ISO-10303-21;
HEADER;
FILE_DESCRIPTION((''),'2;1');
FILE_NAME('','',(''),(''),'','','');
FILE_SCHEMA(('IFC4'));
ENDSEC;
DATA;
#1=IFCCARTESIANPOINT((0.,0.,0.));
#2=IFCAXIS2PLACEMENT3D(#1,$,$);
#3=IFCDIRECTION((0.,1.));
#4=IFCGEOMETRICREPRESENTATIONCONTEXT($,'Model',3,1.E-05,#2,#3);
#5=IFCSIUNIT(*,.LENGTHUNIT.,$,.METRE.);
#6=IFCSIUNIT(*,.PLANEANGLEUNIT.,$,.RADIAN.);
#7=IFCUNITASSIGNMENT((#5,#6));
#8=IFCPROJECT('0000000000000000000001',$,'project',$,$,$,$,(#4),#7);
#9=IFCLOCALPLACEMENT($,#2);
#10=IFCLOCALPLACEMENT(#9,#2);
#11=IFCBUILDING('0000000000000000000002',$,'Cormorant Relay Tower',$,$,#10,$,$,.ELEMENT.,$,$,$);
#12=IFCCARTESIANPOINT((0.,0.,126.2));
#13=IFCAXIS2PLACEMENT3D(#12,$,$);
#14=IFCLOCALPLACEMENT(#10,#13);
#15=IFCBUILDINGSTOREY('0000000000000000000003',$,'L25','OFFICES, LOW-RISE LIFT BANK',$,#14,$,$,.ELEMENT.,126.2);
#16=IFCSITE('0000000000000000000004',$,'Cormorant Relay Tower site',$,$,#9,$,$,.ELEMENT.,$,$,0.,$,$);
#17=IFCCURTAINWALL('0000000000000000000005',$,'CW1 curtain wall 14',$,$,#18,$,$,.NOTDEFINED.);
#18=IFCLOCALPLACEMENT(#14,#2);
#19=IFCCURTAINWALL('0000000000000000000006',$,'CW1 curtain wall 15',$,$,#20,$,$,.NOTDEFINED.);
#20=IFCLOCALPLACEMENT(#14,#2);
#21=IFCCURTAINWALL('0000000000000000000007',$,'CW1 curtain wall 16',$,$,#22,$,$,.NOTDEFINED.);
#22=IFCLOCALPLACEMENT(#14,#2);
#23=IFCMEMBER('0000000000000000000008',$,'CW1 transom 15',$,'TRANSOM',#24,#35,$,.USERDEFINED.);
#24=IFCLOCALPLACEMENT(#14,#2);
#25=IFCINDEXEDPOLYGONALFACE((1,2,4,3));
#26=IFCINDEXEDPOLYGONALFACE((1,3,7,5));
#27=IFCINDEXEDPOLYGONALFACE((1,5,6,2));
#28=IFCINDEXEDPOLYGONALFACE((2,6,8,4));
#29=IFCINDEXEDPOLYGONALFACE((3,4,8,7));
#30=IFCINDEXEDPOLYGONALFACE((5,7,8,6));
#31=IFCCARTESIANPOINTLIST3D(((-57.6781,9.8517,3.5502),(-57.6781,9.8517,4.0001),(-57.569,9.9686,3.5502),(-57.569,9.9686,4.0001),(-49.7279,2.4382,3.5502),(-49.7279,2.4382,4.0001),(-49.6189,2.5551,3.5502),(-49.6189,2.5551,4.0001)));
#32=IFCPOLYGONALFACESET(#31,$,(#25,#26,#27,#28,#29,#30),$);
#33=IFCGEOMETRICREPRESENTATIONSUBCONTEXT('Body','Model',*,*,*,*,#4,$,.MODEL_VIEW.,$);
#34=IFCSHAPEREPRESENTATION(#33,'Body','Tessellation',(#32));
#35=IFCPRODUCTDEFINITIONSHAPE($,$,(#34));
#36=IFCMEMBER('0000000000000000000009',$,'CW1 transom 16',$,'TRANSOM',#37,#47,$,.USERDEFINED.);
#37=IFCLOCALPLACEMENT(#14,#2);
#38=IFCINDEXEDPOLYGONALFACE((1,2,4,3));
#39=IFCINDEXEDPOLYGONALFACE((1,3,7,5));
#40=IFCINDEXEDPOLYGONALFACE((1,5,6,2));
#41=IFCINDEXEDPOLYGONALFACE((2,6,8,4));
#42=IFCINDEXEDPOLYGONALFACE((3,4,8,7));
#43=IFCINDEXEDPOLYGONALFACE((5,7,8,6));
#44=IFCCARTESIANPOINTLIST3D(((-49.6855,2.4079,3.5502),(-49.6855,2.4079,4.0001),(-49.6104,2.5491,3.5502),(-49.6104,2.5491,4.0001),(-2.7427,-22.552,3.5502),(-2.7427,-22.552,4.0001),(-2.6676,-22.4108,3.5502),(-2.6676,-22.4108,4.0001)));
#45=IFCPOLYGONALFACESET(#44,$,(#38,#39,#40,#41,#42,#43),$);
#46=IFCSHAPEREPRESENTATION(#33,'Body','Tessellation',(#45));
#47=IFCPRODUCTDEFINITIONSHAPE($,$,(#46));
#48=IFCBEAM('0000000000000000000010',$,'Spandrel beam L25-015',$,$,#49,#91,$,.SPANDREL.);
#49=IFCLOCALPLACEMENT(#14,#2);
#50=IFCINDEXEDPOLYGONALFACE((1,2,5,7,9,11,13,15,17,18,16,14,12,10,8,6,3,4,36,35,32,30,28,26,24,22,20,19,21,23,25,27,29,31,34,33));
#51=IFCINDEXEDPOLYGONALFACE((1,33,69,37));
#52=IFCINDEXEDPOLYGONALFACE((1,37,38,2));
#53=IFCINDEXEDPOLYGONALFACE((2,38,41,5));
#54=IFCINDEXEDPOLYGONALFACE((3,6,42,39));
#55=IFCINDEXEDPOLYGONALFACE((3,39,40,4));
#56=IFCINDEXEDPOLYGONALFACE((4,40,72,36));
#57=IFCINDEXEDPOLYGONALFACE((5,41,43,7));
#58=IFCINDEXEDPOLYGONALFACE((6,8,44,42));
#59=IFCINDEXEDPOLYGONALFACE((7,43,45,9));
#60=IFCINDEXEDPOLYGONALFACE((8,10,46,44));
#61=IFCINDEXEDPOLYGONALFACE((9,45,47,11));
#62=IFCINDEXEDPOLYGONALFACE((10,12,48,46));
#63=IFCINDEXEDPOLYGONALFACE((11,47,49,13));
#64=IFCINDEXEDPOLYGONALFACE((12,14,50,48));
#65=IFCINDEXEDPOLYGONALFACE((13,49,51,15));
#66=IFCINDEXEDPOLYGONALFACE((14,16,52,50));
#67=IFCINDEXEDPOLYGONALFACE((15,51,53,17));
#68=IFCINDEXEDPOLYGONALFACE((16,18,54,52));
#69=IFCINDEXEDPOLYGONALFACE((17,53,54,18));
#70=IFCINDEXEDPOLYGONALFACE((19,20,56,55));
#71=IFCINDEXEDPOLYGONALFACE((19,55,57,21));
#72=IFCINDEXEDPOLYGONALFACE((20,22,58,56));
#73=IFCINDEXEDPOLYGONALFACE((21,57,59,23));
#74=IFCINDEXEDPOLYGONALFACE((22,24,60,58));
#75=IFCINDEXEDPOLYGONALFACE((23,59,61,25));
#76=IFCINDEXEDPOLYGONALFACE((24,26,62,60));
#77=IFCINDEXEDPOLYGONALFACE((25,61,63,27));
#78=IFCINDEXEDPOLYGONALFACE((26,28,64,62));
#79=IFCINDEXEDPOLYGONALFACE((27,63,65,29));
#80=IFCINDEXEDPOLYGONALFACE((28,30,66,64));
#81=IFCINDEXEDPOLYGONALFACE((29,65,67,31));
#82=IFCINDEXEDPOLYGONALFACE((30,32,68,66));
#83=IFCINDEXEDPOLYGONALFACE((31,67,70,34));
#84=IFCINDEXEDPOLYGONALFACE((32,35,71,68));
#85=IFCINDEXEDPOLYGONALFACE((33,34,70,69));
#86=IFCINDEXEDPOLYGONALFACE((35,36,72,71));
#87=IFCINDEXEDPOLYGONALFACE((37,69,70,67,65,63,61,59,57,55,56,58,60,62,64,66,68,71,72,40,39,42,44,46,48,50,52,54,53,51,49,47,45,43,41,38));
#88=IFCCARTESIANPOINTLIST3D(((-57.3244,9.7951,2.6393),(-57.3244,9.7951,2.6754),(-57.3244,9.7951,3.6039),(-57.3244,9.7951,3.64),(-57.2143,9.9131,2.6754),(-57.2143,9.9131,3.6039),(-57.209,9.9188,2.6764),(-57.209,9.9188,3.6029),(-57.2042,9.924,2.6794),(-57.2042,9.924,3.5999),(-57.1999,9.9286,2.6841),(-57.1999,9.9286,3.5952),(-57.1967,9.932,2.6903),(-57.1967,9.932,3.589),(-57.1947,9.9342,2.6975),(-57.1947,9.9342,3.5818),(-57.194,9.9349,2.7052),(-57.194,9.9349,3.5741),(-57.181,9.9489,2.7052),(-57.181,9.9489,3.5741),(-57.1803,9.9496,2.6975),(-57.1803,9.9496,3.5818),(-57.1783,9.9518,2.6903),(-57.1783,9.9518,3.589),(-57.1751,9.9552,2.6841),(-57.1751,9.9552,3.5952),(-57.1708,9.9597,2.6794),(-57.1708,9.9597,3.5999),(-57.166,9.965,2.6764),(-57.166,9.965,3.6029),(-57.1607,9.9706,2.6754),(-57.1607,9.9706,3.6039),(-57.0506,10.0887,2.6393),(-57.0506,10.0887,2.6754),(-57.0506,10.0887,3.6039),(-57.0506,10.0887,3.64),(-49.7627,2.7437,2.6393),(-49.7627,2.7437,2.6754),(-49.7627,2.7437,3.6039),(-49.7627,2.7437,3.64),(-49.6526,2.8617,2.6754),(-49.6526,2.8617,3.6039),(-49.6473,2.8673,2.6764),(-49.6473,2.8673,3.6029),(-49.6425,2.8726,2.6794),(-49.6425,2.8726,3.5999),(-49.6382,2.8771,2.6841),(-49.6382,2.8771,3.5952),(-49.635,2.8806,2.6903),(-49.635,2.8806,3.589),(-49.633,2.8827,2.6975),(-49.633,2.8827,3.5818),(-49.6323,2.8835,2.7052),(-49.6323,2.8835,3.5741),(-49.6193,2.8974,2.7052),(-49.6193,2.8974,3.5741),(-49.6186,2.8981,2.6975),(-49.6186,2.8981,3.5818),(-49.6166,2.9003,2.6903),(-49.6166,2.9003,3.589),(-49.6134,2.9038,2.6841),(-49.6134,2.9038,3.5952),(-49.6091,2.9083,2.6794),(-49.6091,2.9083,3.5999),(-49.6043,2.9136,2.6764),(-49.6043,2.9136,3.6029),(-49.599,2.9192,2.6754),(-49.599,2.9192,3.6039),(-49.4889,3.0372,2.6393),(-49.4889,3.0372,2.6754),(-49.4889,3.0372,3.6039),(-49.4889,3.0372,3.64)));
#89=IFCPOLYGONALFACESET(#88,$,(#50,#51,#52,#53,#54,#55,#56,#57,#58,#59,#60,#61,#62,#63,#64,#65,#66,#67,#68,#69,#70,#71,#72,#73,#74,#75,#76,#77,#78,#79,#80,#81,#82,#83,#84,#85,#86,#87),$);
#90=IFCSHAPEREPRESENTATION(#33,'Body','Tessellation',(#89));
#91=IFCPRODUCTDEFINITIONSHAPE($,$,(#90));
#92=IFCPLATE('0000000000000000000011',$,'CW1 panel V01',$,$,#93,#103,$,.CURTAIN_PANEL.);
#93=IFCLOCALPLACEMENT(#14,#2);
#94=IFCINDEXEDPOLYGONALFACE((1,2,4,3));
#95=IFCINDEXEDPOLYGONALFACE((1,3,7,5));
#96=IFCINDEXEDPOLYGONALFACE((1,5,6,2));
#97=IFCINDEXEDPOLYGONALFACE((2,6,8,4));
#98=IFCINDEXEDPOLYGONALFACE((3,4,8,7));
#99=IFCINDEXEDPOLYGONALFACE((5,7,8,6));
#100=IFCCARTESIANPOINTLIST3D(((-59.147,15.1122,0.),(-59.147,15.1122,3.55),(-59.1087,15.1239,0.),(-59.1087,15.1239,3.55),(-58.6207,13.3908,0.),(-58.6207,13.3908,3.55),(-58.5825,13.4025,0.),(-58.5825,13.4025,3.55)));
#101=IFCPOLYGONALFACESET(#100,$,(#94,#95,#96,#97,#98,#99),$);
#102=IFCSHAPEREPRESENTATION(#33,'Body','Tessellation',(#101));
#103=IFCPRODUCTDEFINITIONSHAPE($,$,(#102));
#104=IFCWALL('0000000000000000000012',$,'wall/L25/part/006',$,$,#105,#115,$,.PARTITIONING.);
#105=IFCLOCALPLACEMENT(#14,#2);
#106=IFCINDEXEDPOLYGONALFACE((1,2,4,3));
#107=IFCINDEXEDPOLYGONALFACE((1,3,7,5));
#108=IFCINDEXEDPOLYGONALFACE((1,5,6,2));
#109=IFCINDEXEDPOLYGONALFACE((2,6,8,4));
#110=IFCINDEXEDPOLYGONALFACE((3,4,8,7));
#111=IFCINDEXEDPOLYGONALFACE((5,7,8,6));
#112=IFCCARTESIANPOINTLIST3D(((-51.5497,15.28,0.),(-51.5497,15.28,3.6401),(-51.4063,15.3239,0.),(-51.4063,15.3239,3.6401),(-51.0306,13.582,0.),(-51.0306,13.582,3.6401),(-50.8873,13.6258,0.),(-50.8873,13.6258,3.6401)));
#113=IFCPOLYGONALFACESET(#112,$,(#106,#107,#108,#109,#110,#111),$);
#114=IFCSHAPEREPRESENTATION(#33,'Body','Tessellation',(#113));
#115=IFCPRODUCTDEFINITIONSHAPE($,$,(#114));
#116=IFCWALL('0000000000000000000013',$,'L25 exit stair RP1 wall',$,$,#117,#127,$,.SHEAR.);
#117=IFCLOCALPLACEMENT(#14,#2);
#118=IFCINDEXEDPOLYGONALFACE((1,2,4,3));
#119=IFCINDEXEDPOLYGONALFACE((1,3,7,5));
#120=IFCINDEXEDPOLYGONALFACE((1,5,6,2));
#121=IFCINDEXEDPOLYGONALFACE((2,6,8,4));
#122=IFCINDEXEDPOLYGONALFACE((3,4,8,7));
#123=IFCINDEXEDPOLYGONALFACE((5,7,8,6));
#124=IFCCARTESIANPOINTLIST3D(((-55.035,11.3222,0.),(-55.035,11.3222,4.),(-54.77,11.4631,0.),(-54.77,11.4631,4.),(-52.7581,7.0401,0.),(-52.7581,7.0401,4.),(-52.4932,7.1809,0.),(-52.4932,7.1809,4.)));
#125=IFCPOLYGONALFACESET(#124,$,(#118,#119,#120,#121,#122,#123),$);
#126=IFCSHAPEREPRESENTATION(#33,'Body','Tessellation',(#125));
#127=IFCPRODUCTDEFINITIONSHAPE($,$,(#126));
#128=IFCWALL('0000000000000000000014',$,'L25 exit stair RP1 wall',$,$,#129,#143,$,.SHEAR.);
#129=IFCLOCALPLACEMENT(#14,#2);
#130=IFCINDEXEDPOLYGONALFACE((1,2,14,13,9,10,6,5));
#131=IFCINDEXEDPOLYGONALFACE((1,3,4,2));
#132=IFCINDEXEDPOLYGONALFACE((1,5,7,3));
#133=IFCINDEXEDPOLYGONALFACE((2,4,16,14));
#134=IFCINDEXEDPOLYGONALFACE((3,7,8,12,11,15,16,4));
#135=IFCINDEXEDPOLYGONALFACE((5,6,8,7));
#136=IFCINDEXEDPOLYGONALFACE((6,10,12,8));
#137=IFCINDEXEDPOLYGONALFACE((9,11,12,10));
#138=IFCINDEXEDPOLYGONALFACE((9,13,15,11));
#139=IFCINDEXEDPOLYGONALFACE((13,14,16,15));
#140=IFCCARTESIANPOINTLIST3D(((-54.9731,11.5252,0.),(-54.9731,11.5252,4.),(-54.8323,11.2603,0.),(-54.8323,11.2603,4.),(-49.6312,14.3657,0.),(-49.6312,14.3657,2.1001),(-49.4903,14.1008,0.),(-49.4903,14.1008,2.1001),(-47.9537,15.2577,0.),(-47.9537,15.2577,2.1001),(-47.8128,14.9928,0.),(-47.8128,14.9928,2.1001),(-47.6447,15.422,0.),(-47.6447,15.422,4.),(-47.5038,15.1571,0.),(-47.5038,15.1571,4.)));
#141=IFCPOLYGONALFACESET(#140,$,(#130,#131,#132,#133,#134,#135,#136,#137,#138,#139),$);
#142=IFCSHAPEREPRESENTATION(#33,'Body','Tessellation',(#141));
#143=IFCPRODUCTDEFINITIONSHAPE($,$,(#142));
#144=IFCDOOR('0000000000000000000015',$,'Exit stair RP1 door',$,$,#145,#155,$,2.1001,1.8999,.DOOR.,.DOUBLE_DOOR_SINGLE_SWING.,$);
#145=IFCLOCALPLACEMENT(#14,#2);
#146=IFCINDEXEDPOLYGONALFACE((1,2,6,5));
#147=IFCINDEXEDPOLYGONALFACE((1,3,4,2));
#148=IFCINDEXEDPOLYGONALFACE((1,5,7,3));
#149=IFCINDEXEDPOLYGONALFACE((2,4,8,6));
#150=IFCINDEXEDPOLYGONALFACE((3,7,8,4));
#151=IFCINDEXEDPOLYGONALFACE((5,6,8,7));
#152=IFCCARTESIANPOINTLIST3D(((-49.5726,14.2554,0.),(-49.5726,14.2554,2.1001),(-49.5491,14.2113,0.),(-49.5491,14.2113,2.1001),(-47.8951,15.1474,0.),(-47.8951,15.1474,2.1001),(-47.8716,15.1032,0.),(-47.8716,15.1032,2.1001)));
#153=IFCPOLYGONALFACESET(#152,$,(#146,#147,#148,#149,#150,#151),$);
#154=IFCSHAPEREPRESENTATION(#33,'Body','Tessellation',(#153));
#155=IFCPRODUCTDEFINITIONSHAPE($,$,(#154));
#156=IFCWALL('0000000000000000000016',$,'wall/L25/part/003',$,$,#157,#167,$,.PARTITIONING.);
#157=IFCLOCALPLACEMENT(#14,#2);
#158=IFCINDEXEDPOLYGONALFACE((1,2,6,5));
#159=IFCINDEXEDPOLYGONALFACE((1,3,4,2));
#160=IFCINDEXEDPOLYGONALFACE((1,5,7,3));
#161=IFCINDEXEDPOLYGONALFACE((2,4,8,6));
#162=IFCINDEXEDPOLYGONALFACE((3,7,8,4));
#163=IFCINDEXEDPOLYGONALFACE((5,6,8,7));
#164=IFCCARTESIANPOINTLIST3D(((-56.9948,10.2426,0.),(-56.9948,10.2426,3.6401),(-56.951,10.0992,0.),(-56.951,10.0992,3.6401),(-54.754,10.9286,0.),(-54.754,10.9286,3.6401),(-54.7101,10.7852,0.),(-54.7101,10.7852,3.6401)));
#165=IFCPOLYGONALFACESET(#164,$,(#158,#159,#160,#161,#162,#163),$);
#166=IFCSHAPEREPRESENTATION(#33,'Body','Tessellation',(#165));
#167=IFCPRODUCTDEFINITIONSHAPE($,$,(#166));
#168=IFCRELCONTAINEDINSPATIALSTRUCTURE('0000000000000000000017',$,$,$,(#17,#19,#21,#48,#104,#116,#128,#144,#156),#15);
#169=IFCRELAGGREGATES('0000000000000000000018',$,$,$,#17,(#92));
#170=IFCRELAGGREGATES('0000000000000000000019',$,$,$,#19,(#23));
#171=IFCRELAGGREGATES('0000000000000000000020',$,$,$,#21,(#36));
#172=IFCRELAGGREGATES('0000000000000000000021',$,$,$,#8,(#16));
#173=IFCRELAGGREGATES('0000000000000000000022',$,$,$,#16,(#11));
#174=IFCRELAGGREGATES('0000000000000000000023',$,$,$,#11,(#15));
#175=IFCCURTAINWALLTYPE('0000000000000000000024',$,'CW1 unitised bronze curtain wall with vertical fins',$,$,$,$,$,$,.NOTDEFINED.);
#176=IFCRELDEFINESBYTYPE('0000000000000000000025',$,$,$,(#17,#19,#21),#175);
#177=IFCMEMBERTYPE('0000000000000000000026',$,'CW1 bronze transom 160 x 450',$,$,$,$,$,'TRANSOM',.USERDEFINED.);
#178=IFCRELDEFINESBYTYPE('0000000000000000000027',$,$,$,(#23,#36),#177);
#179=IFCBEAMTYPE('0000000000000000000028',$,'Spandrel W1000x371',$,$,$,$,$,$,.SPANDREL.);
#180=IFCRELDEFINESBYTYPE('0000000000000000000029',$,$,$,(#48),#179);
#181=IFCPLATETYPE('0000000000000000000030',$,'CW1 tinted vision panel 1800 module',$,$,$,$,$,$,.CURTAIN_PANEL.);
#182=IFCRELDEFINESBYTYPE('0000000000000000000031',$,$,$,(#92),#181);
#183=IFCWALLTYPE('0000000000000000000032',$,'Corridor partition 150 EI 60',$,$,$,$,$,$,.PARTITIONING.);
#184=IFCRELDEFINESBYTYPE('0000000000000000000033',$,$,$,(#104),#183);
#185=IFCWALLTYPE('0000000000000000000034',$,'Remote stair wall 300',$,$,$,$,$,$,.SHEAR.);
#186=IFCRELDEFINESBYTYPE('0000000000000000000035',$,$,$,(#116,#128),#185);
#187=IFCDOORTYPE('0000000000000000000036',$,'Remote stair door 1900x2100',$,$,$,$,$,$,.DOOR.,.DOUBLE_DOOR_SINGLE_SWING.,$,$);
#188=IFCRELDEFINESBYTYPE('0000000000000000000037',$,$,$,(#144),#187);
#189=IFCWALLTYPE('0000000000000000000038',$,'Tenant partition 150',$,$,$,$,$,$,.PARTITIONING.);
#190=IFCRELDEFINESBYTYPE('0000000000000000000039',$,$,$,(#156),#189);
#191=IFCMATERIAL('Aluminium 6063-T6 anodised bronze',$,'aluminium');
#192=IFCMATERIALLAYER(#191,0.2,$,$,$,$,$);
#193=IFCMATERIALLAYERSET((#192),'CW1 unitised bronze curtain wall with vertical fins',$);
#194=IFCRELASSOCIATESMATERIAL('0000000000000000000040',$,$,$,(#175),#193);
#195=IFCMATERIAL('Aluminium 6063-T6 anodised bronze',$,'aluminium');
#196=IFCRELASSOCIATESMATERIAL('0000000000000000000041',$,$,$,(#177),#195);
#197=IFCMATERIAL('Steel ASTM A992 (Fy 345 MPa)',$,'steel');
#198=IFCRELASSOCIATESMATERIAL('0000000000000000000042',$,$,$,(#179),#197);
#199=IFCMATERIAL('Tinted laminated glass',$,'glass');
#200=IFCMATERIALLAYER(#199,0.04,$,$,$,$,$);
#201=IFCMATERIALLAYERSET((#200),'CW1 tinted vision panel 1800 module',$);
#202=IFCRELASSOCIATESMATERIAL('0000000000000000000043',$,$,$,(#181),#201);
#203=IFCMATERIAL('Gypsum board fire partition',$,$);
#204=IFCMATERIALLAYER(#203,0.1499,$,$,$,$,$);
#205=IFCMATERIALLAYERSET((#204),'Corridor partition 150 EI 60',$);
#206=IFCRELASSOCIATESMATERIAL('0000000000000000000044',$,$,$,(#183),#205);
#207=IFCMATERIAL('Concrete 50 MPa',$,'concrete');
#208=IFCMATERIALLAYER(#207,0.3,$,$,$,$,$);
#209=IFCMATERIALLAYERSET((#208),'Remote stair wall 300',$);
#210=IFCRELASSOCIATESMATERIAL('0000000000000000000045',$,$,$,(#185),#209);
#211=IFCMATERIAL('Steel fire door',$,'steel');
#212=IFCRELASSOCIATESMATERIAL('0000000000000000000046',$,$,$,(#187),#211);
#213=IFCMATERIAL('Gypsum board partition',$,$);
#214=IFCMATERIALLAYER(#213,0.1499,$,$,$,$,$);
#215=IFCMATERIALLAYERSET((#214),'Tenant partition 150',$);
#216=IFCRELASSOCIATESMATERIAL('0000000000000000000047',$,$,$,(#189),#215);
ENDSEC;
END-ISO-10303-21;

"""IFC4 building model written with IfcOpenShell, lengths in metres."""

from ifc_helpers import new_model, si_unit, direction, frame, frame_2d, origin, origin_2d, place, context, subcontext, project, spatial, rectangle, i_section, extrude, material, layer, layer_set, material_profile, profile_set, type_object, element, fill, aggregate, save


model = new_model("IFC4")

# Units and contexts
model_context = context("Model", 3, precision=1e-05, world=origin(), true_north=direction((0.0, 1.0)))
body_context = subcontext(model_context, "Body", "Model", "MODEL_VIEW")
ifc_project = project(units=[si_unit("LENGTHUNIT", "METRE"), si_unit("PLANEANGLEUNIT", "RADIAN")], contexts=[model_context])

# Site, building, storey
site_placement = place(None, origin())
site = spatial("IfcSite", under=ifc_project, at=site_placement, Name="Cormorant Relay Tower site", CompositionType="ELEMENT", RefElevation=0.0)
building_placement = place(site_placement, origin())
building = spatial("IfcBuilding", under=site, at=building_placement, Name="Cormorant Relay Tower", CompositionType="ELEMENT")
storey_placement = place(building_placement, frame((0.0, 0.0, 126.2)))
storey = spatial("IfcBuildingStorey", under=building, at=storey_placement, Name="L25", Description="OFFICES, LOW-RISE LIFT BANK", CompositionType="ELEMENT", Elevation=126.2)

# Curtain wall
ifc_material_1 = material(Name="Aluminium 6063-T6 anodised bronze", Category="aluminium")
ifc_layer_1 = layer(ifc_material_1, 0.2)
ifc_layer_set_1 = layer_set([ifc_layer_1], Name="CW1 unitised bronze curtain wall with vertical fins")
curtain_wall_type = type_object("IfcCurtainWallType", Name="CW1 unitised bronze curtain wall with vertical fins", PredefinedType="NOTDEFINED", material=ifc_layer_set_1)
curtain_wall_1_placement = place(storey_placement, origin())
curtain_wall_1 = element("IfcCurtainWall", 1, at=curtain_wall_1_placement, inside=storey, type_object=curtain_wall_type, Name="CW1 curtain wall 14", PredefinedType="NOTDEFINED")

# Curtain wall
curtain_wall_2_placement = place(storey_placement, origin())
curtain_wall_2 = element("IfcCurtainWall", 2, at=curtain_wall_2_placement, inside=storey, type_object=curtain_wall_type, Name="CW1 curtain wall 15", PredefinedType="NOTDEFINED")

# Curtain wall
curtain_wall_3_placement = place(storey_placement, origin())
curtain_wall_3 = element("IfcCurtainWall", 3, at=curtain_wall_3_placement, inside=storey, type_object=curtain_wall_type, Name="CW1 curtain wall 16", PredefinedType="NOTDEFINED")

# Members
ifc_material_2 = material(Name="Aluminium 6063-T6 anodised bronze", Category="aluminium")
ifc_material_profile_1 = material_profile(ifc_material_2, rectangle(XDim=0.1599, YDim=0.45, at=origin_2d()), Name="AL 160x450")
ifc_profile_set_1 = profile_set([ifc_material_profile_1], Name="Aluminium 6063-T6 anodised bronze")
member_type_1 = type_object("IfcMemberType", Name="CW1 bronze transom 160 x 450", ElementType="TRANSOM", PredefinedType="USERDEFINED", material=ifc_profile_set_1)
member_1_placement = place(storey_placement, frame((-57.6235, 9.9102, 3.7751), z_axis=(0.731358, -0.681993, 0.0), x_axis=(0.681993, 0.731358, 0.0)))
member_1 = element("IfcMember", 4, at=member_1_placement, type_object=member_type_1, Name="CW1 transom 15", ObjectType="TRANSOM", PredefinedType="USERDEFINED", context=body_context, shape_type="SweptSolid", body=[
    extrude(rectangle(XDim=0.1599, YDim=0.45, at=origin_2d()), origin(), (0.0, 0.0, 1.0), 10.8704),
])
member_2_placement = place(storey_placement, frame((-49.6479, 2.4785, 3.7751), z_axis=(0.882948, -0.469471, 0.0), x_axis=(0.469471, 0.882948, 0.0)))
member_2 = element("IfcMember", 5, at=member_2_placement, type_object=member_type_1, Name="CW1 transom 16", ObjectType="TRANSOM", PredefinedType="USERDEFINED", context=body_context, shape_type="SweptSolid", body=[
    extrude(rectangle(XDim=0.1599, YDim=0.45, at=origin_2d()), origin(), (0.0, 0.0, 1.0), 53.166),
])

# Beam
ifc_material_3 = material(Name="Steel ASTM A992 (Fy 345 MPa)", Category="steel")
ifc_material_profile_2 = material_profile(ifc_material_3, i_section(OverallWidth=0.4014, OverallDepth=1.0007, WebThickness=0.019, FlangeThickness=0.0361, FilletRadius=0.0298, at=origin_2d()), Name="W1000x371")
ifc_profile_set_2 = profile_set([ifc_material_profile_2], Name="Steel ASTM A992 (Fy 345 MPa)")
beam_type = type_object("IfcBeamType", Name="Spandrel W1000x371", PredefinedType="SPANDREL", material=ifc_profile_set_2)
beam_placement = place(storey_placement, frame((-57.1875, 9.9419, 3.1396), z_axis=(0.731351, -0.682001, 0.0), x_axis=(0.682001, 0.731351, 0.0)))
element("IfcBeam", 6, at=beam_placement, inside=storey, type_object=beam_type, Name="Spandrel beam L25-015", PredefinedType="SPANDREL", context=body_context, shape_type="SweptSolid", body=[
    extrude(i_section(OverallWidth=0.4014, OverallDepth=1.0007, WebThickness=0.019, FlangeThickness=0.0361, FilletRadius=0.0298, at=origin_2d()), origin(), (0.0, 0.0, 1.0), 10.3394),
])

# Plate
ifc_material_4 = material(Name="Tinted laminated glass", Category="glass")
ifc_layer_2 = layer(ifc_material_4, 0.04)
ifc_layer_set_2 = layer_set([ifc_layer_2], Name="CW1 tinted vision panel 1800 module")
plate_type = type_object("IfcPlateType", Name="CW1 tinted vision panel 1800 module", PredefinedType="CURTAIN_PANEL", material=ifc_layer_set_2)
plate_placement = place(storey_placement, frame((-58.8647, 14.2573, 0.0), z_axis=(0.0, 0.0, 1.0), x_axis=(0.292372, -0.956305, 0.0)))
plate = element("IfcPlate", 7, at=plate_placement, type_object=plate_type, Name="CW1 panel V01", PredefinedType="CURTAIN_PANEL", context=body_context, shape_type="SweptSolid", body=[
    extrude(rectangle(XDim=1.8, YDim=0.04, at=origin_2d()), origin(), (0.0, 0.0, 1.0), 3.55),
])

# Walls
ifc_material_5 = material(Name="Gypsum board fire partition")
ifc_layer_3 = layer(ifc_material_5, 0.1499)
ifc_layer_set_3 = layer_set([ifc_layer_3], Name="Corridor partition 150 EI 60")
wall_type_1 = type_object("IfcWallType", Name="Corridor partition 150 EI 60", PredefinedType="PARTITIONING", material=ifc_layer_set_3)
wall_1_placement = place(storey_placement, frame((-50.959, 13.604, 0.0), z_axis=(0.0, 0.0, 1.0), x_axis=(-0.292327, 0.956318, 0.0)))
element("IfcWall", 8, at=wall_1_placement, inside=storey, type_object=wall_type_1, Name="wall/L25/part/006", PredefinedType="PARTITIONING", context=body_context, shape_type="SweptSolid", body=[
    extrude(rectangle(XDim=1.7756, YDim=0.1499, at=frame_2d((0.8877, 0.0))), origin(), (0.0, 0.0, 1.0), 3.6401),
])
ifc_material_6 = material(Name="Concrete 50 MPa", Category="concrete")
ifc_layer_4 = layer(ifc_material_6, 0.3)
ifc_layer_set_4 = layer_set([ifc_layer_4], Name="Remote stair wall 300")
wall_type_2 = type_object("IfcWallType", Name="Remote stair wall 300", PredefinedType="SHEAR", material=ifc_layer_set_4)
wall_2_placement = place(storey_placement, frame((-52.6257, 7.1106, 0.0), z_axis=(0.0, 0.0, 1.0), x_axis=(-0.469464, 0.882951, 0.0)))
element("IfcWall", 9, at=wall_2_placement, inside=storey, type_object=wall_type_2, Name="L25 exit stair RP1 wall", PredefinedType="SHEAR", context=body_context, shape_type="SweptSolid", body=[
    extrude(rectangle(XDim=4.8499, YDim=0.3, at=frame_2d((2.4248, 0.0))), origin(), (0.0, 0.0, 1.0), 4.0),
])

# Wall, opening, door
wall_3_placement = place(storey_placement, frame((-54.9026, 11.3928, 0.0), z_axis=(0.0, 0.0, 1.0), x_axis=(0.882939, 0.469487, 0.0)))
wall_3 = element("IfcWall", 10, at=wall_3_placement, inside=storey, type_object=wall_type_2, Name="L25 exit stair RP1 wall", PredefinedType="SHEAR", context=body_context, shape_type="SweptSolid", body=[
    extrude(rectangle(XDim=8.3, YDim=0.3, at=frame_2d((4.1499, 0.0))), origin(), (0.0, 0.0, 1.0), 4.0),
])
opening_placement = place(wall_3_placement, frame((6.05, 0.0, 0.0)))
opening = element("IfcOpeningElement", 11, at=opening_placement, cuts=wall_3, PredefinedType="OPENING", context=body_context, shape_type="SweptSolid", body=[
    extrude(rectangle(XDim=1.8999, YDim=2.1001, at=frame_2d((0.95, 1.05))), frame((0.0, 0.1599, 0.0), z_axis=(0.0, -1.0, 0.0), x_axis=(1.0, 0.0, 0.0)), (0.0, 0.0, 1.0), 0.3201),
])
ifc_material_7 = material(Name="Steel fire door", Category="steel")
door_type = type_object("IfcDoorType", Name="Remote stair door 1900x2100", OperationType="DOUBLE_DOOR_SINGLE_SWING", PredefinedType="DOOR", material=ifc_material_7)
door_placement = place(opening_placement, frame((1.8999, 0.0, 0.0), z_axis=(0.0, 0.0, 1.0), x_axis=(-1.0, 0.0, 0.0)))
door = element("IfcDoor", 12, at=door_placement, inside=storey, type_object=door_type, Name="Exit stair RP1 door", OperationType="DOUBLE_DOOR_SINGLE_SWING", OverallHeight=2.1001, OverallWidth=1.8999, PredefinedType="DOOR", context=body_context, shape_type="SweptSolid", body=[
    extrude(rectangle(XDim=1.8999, YDim=2.1001, at=frame_2d((0.95, 1.05))), frame((0.0, 0.0249, 0.0), z_axis=(0.0, -1.0, 0.0), x_axis=(1.0, 0.0, 0.0)), (0.0, 0.0, 1.0), 0.05),
])
fill(opening, door)

# Wall
ifc_material_8 = material(Name="Gypsum board partition")
ifc_layer_5 = layer(ifc_material_8, 0.1499)
ifc_layer_set_5 = layer_set([ifc_layer_5], Name="Tenant partition 150")
wall_type_3 = type_object("IfcWallType", Name="Tenant partition 150", PredefinedType="PARTITIONING", material=ifc_layer_set_5)
wall_4_placement = place(storey_placement, frame((-54.7319, 10.8569, 0.0), z_axis=(0.0, 0.0, 1.0), x_axis=(-0.956197, -0.292724, 0.0)))
element("IfcWall", 13, at=wall_4_placement, inside=storey, type_object=wall_type_3, Name="wall/L25/part/003", PredefinedType="PARTITIONING", context=body_context, shape_type="SweptSolid", body=[
    extrude(rectangle(XDim=2.3435, YDim=0.1499, at=frame_2d((1.1719, 0.0))), origin(), (0.0, 0.0, 1.0), 3.6401),
])

aggregate(curtain_wall_1, [plate])
aggregate(curtain_wall_2, [member_1])
aggregate(curtain_wall_3, [member_2])

save(model, "model.ifc")
